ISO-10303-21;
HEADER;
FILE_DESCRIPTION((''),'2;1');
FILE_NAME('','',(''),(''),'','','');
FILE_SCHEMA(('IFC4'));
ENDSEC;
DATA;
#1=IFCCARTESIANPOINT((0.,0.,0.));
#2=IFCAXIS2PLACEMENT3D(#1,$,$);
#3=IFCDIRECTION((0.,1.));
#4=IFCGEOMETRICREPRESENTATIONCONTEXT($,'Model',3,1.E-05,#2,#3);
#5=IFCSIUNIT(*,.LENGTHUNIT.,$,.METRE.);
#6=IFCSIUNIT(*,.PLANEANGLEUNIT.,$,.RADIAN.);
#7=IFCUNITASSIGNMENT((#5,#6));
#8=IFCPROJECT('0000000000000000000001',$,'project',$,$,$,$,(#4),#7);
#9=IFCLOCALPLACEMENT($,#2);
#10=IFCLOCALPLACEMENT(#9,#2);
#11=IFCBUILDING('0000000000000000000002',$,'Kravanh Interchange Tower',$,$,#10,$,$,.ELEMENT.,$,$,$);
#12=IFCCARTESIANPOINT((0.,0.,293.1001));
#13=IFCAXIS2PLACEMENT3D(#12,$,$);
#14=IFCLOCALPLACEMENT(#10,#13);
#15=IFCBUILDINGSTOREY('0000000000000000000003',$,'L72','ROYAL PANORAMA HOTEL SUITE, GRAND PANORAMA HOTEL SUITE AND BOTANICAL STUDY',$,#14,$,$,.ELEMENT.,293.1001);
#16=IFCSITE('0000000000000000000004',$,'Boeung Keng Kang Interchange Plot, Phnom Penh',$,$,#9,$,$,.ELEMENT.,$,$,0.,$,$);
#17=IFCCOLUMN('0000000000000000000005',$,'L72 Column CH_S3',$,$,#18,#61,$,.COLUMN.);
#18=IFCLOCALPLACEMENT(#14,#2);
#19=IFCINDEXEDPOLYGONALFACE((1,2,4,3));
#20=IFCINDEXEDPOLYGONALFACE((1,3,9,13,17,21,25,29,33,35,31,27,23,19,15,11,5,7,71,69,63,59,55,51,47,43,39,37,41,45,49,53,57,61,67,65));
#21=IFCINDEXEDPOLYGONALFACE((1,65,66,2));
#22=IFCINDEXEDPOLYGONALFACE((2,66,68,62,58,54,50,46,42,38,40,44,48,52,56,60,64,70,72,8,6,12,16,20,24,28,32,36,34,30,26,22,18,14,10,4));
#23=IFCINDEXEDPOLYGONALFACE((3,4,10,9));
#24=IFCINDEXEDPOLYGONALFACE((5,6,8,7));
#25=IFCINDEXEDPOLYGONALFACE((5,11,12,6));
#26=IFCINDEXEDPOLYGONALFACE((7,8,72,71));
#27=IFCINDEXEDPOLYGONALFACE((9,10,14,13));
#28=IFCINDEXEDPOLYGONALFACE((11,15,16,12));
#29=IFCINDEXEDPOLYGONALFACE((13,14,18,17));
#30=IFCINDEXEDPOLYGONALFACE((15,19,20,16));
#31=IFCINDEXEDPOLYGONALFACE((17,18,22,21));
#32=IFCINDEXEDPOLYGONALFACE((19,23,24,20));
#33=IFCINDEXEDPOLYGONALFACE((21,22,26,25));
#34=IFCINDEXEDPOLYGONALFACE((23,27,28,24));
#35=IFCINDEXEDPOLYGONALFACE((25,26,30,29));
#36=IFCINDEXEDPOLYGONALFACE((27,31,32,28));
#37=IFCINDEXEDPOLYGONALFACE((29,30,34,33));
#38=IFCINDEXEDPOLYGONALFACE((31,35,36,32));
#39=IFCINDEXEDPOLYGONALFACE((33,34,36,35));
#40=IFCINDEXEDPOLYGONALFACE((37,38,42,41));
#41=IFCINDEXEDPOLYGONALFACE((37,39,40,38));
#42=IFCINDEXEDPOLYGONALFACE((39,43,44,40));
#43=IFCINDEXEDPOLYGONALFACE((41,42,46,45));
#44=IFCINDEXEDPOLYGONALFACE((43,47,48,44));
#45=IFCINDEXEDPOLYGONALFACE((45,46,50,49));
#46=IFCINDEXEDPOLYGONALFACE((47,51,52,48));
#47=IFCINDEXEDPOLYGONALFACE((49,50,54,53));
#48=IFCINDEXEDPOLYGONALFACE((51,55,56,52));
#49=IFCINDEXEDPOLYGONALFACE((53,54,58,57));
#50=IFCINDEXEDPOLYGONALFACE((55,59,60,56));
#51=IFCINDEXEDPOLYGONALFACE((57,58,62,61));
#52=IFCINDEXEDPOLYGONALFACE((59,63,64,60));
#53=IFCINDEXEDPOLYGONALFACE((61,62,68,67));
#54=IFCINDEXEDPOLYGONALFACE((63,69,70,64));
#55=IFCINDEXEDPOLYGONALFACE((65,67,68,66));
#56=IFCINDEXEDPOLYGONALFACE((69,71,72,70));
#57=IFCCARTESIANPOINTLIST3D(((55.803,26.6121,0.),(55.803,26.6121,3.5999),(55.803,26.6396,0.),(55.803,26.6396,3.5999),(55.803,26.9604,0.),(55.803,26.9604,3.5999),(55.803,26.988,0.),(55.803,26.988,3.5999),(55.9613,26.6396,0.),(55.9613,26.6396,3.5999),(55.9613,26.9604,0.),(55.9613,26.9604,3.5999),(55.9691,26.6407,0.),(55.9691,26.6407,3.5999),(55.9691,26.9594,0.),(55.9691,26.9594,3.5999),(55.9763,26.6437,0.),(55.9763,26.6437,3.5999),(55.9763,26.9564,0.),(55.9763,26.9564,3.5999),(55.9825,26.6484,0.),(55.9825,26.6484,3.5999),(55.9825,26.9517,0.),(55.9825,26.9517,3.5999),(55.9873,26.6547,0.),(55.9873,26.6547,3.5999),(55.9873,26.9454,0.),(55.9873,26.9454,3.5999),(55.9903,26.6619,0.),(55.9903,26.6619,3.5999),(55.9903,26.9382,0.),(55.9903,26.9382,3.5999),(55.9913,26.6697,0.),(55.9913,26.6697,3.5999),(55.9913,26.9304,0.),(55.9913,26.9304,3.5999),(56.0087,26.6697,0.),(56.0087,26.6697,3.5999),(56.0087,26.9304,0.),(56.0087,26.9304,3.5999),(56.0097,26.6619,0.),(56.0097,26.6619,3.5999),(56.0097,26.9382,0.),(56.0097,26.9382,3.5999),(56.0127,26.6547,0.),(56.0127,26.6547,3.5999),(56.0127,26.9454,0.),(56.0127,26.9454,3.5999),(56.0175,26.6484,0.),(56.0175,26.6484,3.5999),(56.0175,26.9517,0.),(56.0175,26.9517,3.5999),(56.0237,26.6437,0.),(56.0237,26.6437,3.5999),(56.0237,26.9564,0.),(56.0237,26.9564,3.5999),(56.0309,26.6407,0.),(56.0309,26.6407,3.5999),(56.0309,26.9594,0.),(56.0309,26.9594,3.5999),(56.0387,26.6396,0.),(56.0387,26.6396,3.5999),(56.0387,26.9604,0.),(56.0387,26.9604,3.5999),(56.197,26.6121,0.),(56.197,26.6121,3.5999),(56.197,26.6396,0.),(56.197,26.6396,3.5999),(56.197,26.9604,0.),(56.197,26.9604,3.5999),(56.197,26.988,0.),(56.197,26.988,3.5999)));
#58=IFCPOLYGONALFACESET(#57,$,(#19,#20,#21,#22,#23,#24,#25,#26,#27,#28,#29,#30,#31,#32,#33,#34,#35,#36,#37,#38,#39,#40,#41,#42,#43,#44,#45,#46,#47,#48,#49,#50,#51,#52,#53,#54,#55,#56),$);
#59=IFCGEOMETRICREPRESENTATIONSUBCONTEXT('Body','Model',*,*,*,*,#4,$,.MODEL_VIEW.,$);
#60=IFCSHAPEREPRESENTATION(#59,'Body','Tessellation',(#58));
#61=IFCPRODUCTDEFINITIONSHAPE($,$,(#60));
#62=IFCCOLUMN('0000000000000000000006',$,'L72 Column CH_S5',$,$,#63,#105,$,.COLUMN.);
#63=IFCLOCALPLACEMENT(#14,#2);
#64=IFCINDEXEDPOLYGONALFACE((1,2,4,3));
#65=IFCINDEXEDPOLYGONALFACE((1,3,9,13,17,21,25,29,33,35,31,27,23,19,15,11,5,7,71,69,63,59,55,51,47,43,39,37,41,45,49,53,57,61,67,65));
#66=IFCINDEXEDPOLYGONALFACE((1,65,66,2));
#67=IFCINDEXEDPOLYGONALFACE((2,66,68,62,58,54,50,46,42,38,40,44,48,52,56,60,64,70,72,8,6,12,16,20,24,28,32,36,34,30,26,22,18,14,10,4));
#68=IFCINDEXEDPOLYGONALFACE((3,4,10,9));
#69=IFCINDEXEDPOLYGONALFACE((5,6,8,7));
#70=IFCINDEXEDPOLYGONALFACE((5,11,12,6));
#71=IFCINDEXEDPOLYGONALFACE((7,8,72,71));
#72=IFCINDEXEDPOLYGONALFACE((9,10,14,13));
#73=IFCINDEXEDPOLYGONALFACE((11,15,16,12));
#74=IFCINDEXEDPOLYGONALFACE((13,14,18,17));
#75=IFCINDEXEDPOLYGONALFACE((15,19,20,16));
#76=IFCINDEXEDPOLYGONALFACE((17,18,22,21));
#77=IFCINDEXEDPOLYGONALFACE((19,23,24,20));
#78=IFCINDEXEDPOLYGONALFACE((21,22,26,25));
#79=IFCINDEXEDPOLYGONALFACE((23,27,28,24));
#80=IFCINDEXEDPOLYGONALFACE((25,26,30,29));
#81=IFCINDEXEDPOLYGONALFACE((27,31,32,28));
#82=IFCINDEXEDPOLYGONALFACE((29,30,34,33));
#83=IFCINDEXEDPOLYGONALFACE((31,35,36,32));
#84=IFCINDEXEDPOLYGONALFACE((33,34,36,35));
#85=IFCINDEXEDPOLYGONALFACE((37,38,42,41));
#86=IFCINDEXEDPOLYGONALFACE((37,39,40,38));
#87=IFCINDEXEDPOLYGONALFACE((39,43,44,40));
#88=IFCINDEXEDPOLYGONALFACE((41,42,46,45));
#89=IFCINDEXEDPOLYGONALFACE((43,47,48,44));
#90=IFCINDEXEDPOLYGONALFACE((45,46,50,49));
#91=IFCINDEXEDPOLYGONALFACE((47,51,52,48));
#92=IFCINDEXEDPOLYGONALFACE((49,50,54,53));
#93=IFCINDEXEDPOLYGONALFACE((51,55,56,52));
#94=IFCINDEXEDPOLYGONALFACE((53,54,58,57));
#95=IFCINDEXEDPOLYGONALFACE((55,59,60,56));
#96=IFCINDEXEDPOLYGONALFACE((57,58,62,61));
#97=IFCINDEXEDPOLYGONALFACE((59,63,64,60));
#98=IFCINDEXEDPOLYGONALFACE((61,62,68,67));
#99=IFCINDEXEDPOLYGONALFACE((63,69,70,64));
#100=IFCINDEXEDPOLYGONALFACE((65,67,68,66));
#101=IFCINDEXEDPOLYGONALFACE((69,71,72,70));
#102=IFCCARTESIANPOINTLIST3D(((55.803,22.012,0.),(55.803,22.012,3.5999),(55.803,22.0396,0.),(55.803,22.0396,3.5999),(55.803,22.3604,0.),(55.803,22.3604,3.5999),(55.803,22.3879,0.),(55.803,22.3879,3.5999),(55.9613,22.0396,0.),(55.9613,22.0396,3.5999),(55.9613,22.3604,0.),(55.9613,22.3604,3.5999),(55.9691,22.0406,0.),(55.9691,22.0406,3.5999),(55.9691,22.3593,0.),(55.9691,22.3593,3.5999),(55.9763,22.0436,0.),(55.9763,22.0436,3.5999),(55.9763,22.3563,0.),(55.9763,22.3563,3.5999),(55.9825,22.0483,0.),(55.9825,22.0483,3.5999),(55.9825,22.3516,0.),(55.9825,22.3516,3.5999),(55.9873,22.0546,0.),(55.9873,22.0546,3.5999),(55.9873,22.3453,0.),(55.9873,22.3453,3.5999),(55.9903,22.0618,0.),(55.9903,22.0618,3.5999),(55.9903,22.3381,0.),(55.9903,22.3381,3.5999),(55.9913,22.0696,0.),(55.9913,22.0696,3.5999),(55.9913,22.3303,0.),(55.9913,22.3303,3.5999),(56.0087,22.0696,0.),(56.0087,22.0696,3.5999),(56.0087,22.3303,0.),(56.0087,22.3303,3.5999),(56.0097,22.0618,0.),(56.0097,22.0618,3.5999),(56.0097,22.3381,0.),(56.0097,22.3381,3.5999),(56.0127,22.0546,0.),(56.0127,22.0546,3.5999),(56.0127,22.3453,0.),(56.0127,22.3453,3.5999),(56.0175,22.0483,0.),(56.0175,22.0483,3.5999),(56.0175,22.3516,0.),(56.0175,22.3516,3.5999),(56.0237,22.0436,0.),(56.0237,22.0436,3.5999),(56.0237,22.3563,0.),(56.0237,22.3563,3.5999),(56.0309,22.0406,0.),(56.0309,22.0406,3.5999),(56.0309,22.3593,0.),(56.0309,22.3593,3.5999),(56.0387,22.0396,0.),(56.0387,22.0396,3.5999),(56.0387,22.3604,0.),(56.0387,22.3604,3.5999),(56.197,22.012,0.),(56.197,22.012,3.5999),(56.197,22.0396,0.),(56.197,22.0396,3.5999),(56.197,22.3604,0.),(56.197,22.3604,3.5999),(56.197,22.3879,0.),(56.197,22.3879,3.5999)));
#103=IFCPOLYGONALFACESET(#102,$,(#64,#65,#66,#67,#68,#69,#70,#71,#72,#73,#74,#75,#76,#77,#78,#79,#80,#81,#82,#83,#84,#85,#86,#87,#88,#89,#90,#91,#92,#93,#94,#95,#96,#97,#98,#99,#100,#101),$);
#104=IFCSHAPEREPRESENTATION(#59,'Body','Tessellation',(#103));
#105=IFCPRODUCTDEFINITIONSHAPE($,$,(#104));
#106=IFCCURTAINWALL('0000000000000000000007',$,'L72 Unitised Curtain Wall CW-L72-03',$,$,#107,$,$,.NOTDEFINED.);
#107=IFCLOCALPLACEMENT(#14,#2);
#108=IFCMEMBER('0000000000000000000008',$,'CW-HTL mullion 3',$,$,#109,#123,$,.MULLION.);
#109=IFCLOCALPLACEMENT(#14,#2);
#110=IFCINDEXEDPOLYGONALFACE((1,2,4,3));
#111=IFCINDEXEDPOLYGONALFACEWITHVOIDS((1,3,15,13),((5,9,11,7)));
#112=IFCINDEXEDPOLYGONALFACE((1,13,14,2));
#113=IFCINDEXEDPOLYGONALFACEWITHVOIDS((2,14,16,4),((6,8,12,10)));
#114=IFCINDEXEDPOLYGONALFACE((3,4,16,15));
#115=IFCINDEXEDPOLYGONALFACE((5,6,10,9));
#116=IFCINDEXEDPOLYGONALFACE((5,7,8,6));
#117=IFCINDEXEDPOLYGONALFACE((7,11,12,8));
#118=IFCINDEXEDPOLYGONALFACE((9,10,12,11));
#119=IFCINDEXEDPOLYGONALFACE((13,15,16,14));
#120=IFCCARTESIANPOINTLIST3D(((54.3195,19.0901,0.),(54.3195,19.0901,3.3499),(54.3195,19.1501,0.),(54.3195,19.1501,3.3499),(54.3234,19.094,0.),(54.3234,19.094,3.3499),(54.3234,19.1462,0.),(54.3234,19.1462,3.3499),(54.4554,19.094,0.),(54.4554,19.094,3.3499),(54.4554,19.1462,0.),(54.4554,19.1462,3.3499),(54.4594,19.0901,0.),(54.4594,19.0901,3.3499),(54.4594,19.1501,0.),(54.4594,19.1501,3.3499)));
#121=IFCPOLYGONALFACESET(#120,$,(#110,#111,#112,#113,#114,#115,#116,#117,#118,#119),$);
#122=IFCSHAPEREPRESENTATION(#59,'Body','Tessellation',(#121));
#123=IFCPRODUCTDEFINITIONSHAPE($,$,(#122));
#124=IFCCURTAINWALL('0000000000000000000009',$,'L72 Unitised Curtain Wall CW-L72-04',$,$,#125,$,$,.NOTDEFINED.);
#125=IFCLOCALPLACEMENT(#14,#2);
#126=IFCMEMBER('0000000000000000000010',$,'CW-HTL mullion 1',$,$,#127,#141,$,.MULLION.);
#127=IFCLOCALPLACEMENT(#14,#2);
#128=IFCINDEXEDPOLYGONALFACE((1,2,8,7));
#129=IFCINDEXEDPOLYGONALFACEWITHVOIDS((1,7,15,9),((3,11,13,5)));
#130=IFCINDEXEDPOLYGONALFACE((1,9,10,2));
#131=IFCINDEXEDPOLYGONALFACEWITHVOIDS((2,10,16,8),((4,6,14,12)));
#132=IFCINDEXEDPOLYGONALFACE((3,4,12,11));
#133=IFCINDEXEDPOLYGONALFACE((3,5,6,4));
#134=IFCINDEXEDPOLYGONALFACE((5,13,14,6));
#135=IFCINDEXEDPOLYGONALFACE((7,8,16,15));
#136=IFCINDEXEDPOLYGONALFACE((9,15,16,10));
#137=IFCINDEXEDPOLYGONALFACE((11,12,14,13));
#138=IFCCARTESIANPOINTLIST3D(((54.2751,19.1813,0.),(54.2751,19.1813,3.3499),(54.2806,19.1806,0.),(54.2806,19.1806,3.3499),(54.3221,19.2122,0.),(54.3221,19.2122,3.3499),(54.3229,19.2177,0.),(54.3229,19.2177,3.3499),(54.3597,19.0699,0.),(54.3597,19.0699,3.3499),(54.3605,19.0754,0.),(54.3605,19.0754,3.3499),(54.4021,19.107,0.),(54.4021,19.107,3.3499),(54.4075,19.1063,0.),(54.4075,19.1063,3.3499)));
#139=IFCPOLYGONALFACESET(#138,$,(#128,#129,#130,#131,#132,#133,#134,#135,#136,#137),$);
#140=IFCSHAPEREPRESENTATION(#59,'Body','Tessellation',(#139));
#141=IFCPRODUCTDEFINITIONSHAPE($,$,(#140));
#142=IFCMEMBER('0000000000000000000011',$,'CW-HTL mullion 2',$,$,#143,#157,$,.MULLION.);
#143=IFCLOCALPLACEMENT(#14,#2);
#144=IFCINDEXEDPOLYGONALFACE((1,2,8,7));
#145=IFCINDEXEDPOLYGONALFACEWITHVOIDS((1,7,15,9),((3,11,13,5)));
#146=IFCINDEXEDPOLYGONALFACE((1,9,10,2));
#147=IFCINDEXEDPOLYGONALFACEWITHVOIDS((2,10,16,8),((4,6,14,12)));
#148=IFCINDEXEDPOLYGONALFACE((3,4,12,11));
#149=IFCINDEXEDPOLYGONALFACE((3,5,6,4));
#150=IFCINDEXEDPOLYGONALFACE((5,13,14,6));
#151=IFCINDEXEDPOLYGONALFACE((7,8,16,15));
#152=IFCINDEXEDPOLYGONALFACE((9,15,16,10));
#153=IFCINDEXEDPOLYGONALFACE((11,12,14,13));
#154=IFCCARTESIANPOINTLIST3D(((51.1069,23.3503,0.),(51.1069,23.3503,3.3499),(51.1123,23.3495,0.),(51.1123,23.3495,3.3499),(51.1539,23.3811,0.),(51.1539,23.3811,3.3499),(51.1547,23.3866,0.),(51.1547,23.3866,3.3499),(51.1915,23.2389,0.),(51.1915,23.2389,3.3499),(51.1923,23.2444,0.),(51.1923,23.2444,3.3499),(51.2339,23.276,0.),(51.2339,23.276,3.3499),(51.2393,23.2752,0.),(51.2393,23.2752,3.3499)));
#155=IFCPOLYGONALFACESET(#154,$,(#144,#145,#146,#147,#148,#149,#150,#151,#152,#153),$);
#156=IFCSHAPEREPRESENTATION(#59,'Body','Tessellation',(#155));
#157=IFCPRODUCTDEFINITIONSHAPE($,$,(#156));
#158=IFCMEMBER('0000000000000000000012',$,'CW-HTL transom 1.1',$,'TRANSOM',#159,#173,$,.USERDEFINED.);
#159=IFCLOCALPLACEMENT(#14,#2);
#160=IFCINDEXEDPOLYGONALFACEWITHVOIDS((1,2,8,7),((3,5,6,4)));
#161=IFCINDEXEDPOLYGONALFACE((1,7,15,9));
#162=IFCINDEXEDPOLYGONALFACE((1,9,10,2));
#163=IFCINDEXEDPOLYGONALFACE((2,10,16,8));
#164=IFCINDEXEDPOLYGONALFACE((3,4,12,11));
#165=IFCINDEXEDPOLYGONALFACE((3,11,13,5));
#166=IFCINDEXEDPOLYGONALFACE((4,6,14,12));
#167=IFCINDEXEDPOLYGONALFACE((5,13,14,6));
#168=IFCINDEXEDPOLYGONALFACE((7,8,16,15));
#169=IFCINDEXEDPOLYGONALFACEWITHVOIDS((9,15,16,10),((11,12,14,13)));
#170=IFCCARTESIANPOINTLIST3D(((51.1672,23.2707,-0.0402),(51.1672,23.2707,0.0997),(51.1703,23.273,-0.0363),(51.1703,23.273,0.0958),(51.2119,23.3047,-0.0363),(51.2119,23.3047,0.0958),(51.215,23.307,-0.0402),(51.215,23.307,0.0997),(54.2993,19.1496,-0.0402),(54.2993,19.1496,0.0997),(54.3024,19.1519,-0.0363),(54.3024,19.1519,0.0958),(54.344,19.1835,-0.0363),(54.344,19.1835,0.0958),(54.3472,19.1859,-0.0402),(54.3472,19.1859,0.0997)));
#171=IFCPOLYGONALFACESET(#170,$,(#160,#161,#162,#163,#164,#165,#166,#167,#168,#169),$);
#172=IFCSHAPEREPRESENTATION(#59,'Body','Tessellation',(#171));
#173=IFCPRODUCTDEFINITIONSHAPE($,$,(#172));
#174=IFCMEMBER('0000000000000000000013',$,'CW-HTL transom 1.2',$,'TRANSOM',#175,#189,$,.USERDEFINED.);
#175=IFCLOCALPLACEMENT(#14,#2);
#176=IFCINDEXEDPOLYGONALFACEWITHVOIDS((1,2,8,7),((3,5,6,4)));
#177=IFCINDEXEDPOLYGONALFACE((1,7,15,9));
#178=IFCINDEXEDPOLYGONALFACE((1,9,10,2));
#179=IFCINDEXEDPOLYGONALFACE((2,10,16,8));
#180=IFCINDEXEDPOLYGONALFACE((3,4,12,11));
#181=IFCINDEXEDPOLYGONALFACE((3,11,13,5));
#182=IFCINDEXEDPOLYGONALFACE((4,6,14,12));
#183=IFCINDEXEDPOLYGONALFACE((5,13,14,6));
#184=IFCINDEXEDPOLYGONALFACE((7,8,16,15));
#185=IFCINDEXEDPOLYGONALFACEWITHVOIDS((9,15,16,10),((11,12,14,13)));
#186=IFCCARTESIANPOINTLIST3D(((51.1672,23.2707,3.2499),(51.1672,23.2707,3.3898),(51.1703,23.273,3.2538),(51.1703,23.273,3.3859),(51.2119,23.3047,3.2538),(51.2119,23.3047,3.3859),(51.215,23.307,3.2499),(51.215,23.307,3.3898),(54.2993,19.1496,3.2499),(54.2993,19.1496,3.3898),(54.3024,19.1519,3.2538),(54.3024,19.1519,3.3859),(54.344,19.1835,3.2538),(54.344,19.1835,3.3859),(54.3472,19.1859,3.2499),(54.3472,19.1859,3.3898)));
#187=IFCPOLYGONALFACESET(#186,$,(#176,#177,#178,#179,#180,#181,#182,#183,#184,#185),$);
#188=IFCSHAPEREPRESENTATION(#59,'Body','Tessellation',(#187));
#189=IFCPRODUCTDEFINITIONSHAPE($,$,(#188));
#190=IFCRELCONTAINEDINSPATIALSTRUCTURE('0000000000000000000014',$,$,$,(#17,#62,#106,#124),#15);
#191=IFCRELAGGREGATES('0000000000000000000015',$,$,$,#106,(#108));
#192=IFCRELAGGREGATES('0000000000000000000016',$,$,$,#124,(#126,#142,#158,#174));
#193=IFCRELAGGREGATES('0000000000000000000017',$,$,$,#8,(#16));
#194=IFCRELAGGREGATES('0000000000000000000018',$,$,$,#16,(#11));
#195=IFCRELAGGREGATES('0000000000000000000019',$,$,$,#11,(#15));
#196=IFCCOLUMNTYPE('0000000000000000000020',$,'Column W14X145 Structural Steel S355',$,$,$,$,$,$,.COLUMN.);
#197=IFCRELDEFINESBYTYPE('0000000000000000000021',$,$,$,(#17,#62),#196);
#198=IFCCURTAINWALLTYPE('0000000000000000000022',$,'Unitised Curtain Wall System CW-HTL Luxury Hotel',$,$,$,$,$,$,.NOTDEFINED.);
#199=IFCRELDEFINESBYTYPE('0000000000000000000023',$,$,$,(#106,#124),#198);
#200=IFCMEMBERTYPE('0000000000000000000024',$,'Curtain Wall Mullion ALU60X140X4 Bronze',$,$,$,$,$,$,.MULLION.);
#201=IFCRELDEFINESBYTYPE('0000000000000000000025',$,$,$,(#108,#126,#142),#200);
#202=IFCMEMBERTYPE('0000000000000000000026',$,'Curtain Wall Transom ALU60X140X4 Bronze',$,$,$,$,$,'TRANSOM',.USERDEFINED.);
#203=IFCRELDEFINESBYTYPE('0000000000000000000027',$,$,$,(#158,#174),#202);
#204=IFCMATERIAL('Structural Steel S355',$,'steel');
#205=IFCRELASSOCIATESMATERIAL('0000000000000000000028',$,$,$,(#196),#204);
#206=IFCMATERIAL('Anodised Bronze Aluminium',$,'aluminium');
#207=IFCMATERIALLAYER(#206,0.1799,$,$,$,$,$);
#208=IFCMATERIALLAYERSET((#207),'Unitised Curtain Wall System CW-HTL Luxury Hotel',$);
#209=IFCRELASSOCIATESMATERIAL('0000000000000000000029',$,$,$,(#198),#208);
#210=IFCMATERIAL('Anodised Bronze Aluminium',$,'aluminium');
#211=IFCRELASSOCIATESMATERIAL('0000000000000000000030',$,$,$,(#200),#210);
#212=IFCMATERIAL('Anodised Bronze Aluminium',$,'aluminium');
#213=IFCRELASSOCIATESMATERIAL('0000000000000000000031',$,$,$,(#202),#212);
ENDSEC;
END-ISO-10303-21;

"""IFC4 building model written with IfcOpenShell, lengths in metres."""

from ifc_helpers import new_model, si_unit, direction, frame, origin, origin_2d, place, context, subcontext, project, spatial, hollow_rectangle, i_section, extrude, material, layer, layer_set, material_profile, profile_set, type_object, element, aggregate, save


model = new_model("IFC4")

# Units and contexts
model_context = context("Model", 3, precision=1e-05, world=origin(), true_north=direction((0.0, 1.0)))
body_context = subcontext(model_context, "Body", "Model", "MODEL_VIEW")
ifc_project = project(units=[si_unit("LENGTHUNIT", "METRE"), si_unit("PLANEANGLEUNIT", "RADIAN")], contexts=[model_context])

# Site, building, storey
site_placement = place(None, origin())
site = spatial("IfcSite", under=ifc_project, at=site_placement, Name="Boeung Keng Kang Interchange Plot, Phnom Penh", CompositionType="ELEMENT", RefElevation=0.0)
building_placement = place(site_placement, origin())
building = spatial("IfcBuilding", under=site, at=building_placement, Name="Kravanh Interchange Tower", CompositionType="ELEMENT")
storey_placement = place(building_placement, frame((0.0, 0.0, 293.1001)))
storey = spatial("IfcBuildingStorey", under=building, at=storey_placement, Name="L72", Description="ROYAL PANORAMA HOTEL SUITE, GRAND PANORAMA HOTEL SUITE AND BOTANICAL STUDY", CompositionType="ELEMENT", Elevation=293.1001)

# Columns
ifc_material_1 = material(Name="Structural Steel S355", Category="steel")
ifc_material_profile_1 = material_profile(ifc_material_1, i_section(OverallWidth=0.394, OverallDepth=0.376, WebThickness=0.0173, FlangeThickness=0.0276, FilletRadius=0.03, at=origin_2d()), Name="W14X145")
ifc_profile_set_1 = profile_set([ifc_material_profile_1], Name="Structural Steel S355")
column_type = type_object("IfcColumnType", Name="Column W14X145 Structural Steel S355", PredefinedType="COLUMN", material=ifc_profile_set_1)
for number, where, z_axis, x_axis, name in (
    (1, (56.0, 26.8, 0.0), (0.0, 0.0, 1.0), (1.0, 0.0, 0.0), "L72 Column CH_S3"),
    (2, (56.0, 22.2, 0.0), (0.0, 0.0, 1.0), (1.0, 0.0, 0.0), "L72 Column CH_S5"),
):
    element("IfcColumn", number, at=place(storey_placement, frame(where, z_axis=z_axis, x_axis=x_axis)), inside=storey, type_object=column_type, Name=name, PredefinedType="COLUMN", context=body_context, shape_type="SweptSolid", body=[
        extrude(i_section(OverallWidth=0.394, OverallDepth=0.376, WebThickness=0.0173, FlangeThickness=0.0276, FilletRadius=0.03, at=origin_2d()), origin(), (0.0, 0.0, 1.0), 3.5999),
    ])

# Curtain wall, member
ifc_material_2 = material(Name="Anodised Bronze Aluminium", Category="aluminium")
ifc_layer_1 = layer(ifc_material_2, 0.1799)
ifc_layer_set_1 = layer_set([ifc_layer_1], Name="Unitised Curtain Wall System CW-HTL Luxury Hotel")
curtain_wall_type = type_object("IfcCurtainWallType", Name="Unitised Curtain Wall System CW-HTL Luxury Hotel", PredefinedType="NOTDEFINED", material=ifc_layer_set_1)
curtain_wall_1_placement = place(storey_placement, origin())
curtain_wall_1 = element("IfcCurtainWall", 3, at=curtain_wall_1_placement, inside=storey, type_object=curtain_wall_type, Name="L72 Unitised Curtain Wall CW-L72-03", PredefinedType="NOTDEFINED")
ifc_material_3 = material(Name="Anodised Bronze Aluminium", Category="aluminium")
ifc_material_profile_2 = material_profile(ifc_material_3, hollow_rectangle(XDim=0.0601, YDim=0.1399, WallThickness=0.0039, at=origin_2d()), Name="ALU60X140X4")
ifc_profile_set_2 = profile_set([ifc_material_profile_2], Name="Anodised Bronze Aluminium")
member_type_1 = type_object("IfcMemberType", Name="Curtain Wall Mullion ALU60X140X4 Bronze", PredefinedType="MULLION", material=ifc_profile_set_2)
member_1_placement = place(storey_placement, frame((54.3894, 19.1201, 0.0), z_axis=(0.0, 0.0, 1.0), x_axis=(0.0, -1.0, 0.0)))
member_1 = element("IfcMember", 4, at=member_1_placement, type_object=member_type_1, Name="CW-HTL mullion 3", PredefinedType="MULLION", context=body_context, shape_type="SweptSolid", body=[
    extrude(hollow_rectangle(XDim=0.0601, YDim=0.1399, WallThickness=0.0039, at=origin_2d()), origin(), (0.0, 0.0, 1.0), 3.3499),
])
aggregate(curtain_wall_1, [member_1])

# Curtain wall, members
curtain_wall_2_placement = place(storey_placement, origin())
curtain_wall_2 = element("IfcCurtainWall", 5, at=curtain_wall_2_placement, inside=storey, type_object=curtain_wall_type, Name="L72 Unitised Curtain Wall CW-L72-04", PredefinedType="NOTDEFINED")
member_2_placement = place(storey_placement, frame((54.3413, 19.1438, 0.0), z_axis=(0.0, 0.0, 1.0), x_axis=(-0.796162, -0.605083, 0.0)))
member_2 = element("IfcMember", 6, at=member_2_placement, type_object=member_type_1, Name="CW-HTL mullion 1", PredefinedType="MULLION", context=body_context, shape_type="SweptSolid", body=[
    extrude(hollow_rectangle(XDim=0.0601, YDim=0.1399, WallThickness=0.0039, at=origin_2d()), origin(), (0.0, 0.0, 1.0), 3.3499),
])
member_3_placement = place(storey_placement, frame((51.1731, 23.3127, 0.0), z_axis=(0.0, 0.0, 1.0), x_axis=(-0.796162, -0.605083, 0.0)))
member_3 = element("IfcMember", 7, at=member_3_placement, type_object=member_type_1, Name="CW-HTL mullion 2", PredefinedType="MULLION", context=body_context, shape_type="SweptSolid", body=[
    extrude(hollow_rectangle(XDim=0.0601, YDim=0.1399, WallThickness=0.0039, at=origin_2d()), origin(), (0.0, 0.0, 1.0), 3.3499),
])
ifc_material_4 = material(Name="Anodised Bronze Aluminium", Category="aluminium")
ifc_material_profile_3 = material_profile(ifc_material_4, hollow_rectangle(XDim=0.0601, YDim=0.1399, WallThickness=0.0039, at=origin_2d()), Name="ALU60X140X4")
ifc_profile_set_3 = profile_set([ifc_material_profile_3], Name="Anodised Bronze Aluminium")
member_type_2 = type_object("IfcMemberType", Name="Curtain Wall Transom ALU60X140X4 Bronze", ElementType="TRANSOM", PredefinedType="USERDEFINED", material=ifc_profile_set_3)
member_4_placement = place(storey_placement, frame((54.3232, 19.1677, 0.0298), z_axis=(-0.605089, 0.796158, 0.0), x_axis=(-0.796158, -0.605089, 0.0)))
member_4 = element("IfcMember", 8, at=member_4_placement, type_object=member_type_2, Name="CW-HTL transom 1.1", ObjectType="TRANSOM", PredefinedType="USERDEFINED", context=body_context, shape_type="SweptSolid", body=[
    extrude(hollow_rectangle(XDim=0.0601, YDim=0.1399, WallThickness=0.0039, at=origin_2d()), origin(), (0.0, 0.0, 1.0), 5.1763),
])
member_5_placement = place(storey_placement, frame((54.3232, 19.1677, 3.3198), z_axis=(-0.605089, 0.796158, 0.0), x_axis=(-0.796158, -0.605089, 0.0)))
member_5 = element("IfcMember", 9, at=member_5_placement, type_object=member_type_2, Name="CW-HTL transom 1.2", ObjectType="TRANSOM", PredefinedType="USERDEFINED", context=body_context, shape_type="SweptSolid", body=[
    extrude(hollow_rectangle(XDim=0.0601, YDim=0.1399, WallThickness=0.0039, at=origin_2d()), origin(), (0.0, 0.0, 1.0), 5.1763),
])

aggregate(curtain_wall_2, [member_2, member_3, member_4, member_5])

save(model, "model.ifc")
